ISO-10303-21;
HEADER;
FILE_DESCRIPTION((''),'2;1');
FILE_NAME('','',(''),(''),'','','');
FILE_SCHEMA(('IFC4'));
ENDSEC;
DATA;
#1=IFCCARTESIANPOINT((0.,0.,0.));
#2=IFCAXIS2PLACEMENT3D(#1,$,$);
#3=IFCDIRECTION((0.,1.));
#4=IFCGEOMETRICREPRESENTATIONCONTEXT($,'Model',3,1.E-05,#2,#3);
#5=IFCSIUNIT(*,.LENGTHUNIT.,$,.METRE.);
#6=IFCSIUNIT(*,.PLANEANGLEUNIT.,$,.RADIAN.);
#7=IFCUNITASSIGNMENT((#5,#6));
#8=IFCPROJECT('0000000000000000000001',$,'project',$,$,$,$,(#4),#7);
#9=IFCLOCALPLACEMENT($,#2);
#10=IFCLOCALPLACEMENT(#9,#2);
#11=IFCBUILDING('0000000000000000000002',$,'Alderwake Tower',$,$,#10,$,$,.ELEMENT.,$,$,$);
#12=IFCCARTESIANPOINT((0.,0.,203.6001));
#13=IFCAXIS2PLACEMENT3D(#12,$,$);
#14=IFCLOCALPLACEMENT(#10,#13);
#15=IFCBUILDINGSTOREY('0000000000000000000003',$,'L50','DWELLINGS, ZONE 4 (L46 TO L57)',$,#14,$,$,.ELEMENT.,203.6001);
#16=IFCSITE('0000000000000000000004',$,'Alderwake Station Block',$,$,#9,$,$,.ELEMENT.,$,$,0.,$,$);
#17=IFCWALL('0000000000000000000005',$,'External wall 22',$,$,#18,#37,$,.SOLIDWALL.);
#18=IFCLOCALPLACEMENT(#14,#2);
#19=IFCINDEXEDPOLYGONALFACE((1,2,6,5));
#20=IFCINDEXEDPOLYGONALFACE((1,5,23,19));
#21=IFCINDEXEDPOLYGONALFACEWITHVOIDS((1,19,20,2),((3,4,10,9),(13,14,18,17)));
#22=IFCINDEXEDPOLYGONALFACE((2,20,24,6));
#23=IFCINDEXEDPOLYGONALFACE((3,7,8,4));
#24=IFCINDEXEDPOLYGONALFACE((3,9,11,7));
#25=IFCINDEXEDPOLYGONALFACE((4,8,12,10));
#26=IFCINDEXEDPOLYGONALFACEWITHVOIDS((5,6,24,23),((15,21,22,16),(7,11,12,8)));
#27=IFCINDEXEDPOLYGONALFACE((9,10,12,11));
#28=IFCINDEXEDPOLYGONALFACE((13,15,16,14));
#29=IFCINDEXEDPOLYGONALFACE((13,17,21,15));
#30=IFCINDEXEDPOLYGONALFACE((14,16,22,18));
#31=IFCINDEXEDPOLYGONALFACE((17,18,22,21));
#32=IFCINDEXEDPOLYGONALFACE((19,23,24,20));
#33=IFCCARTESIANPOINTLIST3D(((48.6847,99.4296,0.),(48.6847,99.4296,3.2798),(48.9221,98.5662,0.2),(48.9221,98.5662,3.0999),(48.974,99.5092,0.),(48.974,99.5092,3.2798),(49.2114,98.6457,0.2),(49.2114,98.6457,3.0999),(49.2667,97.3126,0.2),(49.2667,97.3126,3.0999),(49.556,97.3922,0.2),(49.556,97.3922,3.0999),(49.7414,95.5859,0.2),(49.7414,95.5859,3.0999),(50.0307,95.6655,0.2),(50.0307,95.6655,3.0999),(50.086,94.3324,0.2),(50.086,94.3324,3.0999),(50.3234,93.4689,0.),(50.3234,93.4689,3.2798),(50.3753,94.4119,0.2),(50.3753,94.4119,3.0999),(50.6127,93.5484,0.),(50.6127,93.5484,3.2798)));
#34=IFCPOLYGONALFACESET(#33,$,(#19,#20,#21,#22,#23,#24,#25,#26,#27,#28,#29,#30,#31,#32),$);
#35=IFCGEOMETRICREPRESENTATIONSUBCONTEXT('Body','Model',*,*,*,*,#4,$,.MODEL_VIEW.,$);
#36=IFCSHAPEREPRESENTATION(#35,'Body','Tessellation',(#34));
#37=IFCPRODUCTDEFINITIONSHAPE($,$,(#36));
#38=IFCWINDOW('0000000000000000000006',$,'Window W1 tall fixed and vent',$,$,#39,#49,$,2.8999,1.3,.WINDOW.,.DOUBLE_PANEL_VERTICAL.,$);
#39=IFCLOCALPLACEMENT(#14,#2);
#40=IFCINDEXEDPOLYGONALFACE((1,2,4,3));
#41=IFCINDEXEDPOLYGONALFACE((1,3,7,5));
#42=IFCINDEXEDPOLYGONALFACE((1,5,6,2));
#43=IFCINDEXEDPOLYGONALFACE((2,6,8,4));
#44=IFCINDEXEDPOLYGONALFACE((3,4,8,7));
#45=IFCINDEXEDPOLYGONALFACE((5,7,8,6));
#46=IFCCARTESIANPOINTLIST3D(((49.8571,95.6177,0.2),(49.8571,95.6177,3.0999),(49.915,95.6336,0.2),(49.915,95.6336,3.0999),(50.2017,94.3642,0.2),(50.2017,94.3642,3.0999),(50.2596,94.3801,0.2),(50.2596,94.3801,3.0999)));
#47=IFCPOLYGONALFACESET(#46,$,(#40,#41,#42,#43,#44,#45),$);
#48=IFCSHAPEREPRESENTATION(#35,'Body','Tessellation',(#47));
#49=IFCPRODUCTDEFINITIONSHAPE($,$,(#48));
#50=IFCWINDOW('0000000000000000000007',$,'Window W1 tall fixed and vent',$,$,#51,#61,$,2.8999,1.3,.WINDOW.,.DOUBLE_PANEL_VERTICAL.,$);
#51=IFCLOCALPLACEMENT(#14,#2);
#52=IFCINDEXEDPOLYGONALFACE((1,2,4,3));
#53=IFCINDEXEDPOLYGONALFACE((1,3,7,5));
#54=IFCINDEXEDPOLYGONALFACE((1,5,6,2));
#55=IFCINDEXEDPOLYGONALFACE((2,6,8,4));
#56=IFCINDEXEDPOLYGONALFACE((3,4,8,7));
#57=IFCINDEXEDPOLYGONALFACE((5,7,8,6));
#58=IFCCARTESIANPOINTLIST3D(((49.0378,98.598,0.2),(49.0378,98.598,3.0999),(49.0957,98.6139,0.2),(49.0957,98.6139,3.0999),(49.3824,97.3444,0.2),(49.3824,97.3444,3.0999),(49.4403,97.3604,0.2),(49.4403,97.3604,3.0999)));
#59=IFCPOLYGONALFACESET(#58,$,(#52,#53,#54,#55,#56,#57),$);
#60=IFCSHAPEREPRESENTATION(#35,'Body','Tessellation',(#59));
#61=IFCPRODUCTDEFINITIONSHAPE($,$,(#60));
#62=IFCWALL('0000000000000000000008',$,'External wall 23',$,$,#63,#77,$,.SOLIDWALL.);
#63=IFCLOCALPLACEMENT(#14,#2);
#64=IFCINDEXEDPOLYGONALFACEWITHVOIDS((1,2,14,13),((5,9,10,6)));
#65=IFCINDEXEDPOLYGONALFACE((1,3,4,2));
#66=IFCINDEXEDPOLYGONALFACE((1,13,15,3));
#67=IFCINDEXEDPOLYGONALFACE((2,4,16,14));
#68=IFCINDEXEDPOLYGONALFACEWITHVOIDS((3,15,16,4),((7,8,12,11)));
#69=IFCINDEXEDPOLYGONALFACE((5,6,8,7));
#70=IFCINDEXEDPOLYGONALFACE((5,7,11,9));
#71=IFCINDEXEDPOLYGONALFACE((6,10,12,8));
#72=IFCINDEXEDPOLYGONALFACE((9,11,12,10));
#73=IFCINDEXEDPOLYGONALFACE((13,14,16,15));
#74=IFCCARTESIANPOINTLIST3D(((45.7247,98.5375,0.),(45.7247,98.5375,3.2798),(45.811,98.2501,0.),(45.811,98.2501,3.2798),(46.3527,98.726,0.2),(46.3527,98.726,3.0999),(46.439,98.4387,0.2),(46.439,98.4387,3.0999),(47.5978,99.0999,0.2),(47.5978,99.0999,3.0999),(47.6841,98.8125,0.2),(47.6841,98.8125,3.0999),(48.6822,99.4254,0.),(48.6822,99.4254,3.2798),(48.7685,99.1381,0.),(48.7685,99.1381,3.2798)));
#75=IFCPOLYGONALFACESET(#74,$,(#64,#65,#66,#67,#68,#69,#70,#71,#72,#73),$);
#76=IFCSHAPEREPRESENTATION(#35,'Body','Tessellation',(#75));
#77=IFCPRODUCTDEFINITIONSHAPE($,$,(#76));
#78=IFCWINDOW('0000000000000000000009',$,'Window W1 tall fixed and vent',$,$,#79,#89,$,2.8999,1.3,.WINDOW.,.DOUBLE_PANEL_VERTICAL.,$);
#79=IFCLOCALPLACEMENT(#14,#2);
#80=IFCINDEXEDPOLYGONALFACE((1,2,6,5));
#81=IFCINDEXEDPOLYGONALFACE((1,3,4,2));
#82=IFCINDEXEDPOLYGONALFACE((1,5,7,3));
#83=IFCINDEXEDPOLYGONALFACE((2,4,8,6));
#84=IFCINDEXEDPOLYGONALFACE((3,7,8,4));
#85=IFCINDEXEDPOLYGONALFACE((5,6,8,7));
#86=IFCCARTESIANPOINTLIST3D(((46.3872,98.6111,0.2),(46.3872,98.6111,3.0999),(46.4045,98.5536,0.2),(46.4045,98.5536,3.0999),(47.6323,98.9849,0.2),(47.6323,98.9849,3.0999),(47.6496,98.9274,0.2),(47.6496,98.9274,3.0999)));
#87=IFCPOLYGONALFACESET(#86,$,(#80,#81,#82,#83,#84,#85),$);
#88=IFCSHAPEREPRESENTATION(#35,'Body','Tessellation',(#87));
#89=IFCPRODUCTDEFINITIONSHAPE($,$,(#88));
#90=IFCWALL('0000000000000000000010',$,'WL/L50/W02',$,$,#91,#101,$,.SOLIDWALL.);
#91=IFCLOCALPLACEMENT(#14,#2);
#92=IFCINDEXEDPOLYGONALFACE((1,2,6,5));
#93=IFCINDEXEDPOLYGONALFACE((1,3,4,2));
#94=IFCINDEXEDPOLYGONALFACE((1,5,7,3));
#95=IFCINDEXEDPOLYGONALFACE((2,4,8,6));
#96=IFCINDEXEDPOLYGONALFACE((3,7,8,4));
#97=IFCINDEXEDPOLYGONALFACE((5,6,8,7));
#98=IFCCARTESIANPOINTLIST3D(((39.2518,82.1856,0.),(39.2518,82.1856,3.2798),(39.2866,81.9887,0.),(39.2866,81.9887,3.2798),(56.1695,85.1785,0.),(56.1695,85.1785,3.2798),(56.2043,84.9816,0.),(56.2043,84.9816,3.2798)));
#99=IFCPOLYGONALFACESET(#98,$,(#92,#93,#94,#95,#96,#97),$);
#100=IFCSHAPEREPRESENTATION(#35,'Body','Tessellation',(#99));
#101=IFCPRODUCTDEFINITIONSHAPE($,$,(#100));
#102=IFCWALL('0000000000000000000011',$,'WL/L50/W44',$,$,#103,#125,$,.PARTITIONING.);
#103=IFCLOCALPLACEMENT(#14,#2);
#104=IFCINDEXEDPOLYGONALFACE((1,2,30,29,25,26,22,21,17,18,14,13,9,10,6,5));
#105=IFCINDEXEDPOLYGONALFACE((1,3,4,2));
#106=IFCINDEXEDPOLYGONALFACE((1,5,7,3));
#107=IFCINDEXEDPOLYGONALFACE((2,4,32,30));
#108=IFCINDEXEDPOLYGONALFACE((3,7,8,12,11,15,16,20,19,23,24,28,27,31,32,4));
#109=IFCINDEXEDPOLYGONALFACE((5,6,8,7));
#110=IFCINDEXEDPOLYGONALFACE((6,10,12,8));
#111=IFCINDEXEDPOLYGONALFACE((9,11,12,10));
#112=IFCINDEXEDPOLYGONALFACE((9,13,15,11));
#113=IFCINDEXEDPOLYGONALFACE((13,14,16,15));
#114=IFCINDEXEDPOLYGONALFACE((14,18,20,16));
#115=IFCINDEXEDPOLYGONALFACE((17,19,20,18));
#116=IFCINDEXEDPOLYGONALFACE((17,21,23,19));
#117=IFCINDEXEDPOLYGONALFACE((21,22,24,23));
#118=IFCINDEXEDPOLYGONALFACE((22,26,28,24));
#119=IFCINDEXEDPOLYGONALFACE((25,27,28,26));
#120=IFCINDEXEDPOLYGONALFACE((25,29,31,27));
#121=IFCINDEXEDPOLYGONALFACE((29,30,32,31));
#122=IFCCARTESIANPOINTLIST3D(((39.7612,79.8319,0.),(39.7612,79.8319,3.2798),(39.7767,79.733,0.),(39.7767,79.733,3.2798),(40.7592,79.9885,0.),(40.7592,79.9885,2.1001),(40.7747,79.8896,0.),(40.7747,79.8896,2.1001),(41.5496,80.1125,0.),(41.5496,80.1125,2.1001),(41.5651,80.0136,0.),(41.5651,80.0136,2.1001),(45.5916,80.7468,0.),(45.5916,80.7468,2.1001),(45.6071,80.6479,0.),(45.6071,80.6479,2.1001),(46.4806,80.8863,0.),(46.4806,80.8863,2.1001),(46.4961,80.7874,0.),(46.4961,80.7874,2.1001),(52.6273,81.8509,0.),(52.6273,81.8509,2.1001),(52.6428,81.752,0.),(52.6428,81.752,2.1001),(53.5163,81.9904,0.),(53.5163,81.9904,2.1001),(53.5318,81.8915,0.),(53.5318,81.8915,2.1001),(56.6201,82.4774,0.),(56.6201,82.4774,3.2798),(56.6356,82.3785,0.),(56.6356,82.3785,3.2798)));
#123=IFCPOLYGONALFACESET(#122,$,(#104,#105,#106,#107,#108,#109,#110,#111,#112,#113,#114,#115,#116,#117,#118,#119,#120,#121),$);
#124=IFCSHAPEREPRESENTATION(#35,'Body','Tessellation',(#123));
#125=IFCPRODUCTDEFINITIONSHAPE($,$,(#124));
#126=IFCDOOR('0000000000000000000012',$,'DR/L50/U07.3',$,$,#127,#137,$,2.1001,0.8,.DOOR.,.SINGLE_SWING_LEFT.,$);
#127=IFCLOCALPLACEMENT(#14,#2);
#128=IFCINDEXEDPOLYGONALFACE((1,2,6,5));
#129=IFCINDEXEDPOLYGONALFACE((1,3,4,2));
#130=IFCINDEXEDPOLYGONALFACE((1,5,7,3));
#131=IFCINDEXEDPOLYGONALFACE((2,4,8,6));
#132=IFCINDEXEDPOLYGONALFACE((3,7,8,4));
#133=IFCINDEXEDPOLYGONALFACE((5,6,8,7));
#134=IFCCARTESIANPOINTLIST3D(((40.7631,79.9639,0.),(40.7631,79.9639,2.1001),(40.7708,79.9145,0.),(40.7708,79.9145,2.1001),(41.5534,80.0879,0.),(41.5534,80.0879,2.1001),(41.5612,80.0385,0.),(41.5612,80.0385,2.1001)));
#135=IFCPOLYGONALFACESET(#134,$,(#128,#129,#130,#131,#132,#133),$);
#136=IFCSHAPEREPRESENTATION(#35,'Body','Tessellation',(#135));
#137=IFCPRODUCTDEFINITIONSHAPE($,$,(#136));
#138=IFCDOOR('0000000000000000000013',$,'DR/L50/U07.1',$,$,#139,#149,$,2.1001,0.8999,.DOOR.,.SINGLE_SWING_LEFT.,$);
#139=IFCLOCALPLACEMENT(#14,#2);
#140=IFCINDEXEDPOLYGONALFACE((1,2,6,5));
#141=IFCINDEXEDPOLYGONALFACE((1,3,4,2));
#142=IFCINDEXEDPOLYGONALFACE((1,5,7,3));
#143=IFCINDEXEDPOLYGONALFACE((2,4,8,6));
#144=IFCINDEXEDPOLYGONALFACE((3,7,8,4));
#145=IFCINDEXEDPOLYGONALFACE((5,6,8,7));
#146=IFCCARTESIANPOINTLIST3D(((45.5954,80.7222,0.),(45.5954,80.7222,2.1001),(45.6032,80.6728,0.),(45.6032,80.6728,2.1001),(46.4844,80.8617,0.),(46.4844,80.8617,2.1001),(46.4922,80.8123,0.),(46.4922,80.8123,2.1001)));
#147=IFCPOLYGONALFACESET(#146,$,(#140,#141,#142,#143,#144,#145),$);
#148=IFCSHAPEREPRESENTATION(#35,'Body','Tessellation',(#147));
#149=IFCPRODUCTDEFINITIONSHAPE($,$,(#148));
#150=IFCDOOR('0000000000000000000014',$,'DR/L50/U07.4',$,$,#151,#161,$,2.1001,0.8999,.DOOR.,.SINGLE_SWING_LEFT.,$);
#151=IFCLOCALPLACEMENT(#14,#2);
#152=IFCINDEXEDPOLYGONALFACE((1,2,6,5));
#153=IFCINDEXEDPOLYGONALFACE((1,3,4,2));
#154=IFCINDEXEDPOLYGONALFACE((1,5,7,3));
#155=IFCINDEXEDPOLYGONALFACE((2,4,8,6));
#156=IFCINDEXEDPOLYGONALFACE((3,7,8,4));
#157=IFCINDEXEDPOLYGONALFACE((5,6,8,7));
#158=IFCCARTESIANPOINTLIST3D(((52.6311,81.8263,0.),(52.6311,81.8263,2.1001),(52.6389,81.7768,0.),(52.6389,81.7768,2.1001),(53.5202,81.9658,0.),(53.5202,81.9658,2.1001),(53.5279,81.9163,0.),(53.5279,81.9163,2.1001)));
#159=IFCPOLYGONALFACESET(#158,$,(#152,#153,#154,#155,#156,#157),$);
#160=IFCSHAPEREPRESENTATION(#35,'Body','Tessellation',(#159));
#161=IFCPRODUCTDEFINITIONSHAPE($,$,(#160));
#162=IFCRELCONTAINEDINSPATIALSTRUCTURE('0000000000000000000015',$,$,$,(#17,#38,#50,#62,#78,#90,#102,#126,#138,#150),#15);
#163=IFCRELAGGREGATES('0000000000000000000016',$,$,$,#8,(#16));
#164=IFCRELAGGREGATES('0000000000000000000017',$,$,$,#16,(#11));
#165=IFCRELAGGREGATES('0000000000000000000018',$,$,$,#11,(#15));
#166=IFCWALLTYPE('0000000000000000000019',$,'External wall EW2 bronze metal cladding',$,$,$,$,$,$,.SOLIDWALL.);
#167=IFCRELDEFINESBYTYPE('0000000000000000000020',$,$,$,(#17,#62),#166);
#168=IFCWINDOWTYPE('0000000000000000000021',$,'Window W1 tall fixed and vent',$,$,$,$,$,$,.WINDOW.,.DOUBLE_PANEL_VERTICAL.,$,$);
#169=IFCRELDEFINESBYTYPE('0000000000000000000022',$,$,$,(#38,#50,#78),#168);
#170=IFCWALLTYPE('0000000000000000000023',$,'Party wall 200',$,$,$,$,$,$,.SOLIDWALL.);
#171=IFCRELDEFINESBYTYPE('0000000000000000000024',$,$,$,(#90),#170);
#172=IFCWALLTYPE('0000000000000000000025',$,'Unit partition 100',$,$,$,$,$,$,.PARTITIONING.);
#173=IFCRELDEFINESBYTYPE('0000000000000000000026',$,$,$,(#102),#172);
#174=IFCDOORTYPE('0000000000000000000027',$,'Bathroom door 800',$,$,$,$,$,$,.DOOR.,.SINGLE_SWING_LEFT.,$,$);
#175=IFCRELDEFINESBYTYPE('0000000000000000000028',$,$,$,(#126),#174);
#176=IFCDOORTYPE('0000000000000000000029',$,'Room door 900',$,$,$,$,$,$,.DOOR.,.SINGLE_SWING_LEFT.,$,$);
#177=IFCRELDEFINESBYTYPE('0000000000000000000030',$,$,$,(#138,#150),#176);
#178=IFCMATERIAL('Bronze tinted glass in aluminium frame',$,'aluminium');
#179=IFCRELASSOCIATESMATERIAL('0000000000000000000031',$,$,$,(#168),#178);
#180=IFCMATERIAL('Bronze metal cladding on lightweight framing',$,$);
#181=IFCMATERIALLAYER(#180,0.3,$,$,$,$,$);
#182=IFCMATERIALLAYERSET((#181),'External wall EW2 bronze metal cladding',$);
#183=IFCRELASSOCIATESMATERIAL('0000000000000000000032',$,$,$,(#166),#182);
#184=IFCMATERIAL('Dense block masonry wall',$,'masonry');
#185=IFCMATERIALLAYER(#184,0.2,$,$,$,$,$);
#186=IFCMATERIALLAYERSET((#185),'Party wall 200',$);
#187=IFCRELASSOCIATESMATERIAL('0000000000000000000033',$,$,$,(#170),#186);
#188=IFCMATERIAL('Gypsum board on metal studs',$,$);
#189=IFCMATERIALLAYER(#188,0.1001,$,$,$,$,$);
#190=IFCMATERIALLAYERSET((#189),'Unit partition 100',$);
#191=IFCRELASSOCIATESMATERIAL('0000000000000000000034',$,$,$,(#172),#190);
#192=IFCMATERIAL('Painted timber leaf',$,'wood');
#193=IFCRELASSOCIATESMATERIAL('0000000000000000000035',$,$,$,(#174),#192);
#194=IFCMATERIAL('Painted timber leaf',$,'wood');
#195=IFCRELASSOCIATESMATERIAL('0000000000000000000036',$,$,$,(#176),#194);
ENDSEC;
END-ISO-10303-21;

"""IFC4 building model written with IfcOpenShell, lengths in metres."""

from ifc_helpers import new_model, si_unit, direction, frame, frame_2d, origin, place, context, subcontext, project, spatial, rectangle, extrude, material, layer, layer_set, type_object, element, fill, save


model = new_model("IFC4")

# Units and contexts
model_context = context("Model", 3, precision=1e-05, world=origin(), true_north=direction((0.0, 1.0)))
body_context = subcontext(model_context, "Body", "Model", "MODEL_VIEW")
ifc_project = project(units=[si_unit("LENGTHUNIT", "METRE"), si_unit("PLANEANGLEUNIT", "RADIAN")], contexts=[model_context])

# Site, building, storey
site_placement = place(None, origin())
site = spatial("IfcSite", under=ifc_project, at=site_placement, Name="Alderwake Station Block", CompositionType="ELEMENT", RefElevation=0.0)
building_placement = place(site_placement, origin())
building = spatial("IfcBuilding", under=site, at=building_placement, Name="Alderwake Tower", CompositionType="ELEMENT")
storey_placement = place(building_placement, frame((0.0, 0.0, 203.6001)))
storey = spatial("IfcBuildingStorey", under=building, at=storey_placement, Name="L50", Description="DWELLINGS, ZONE 4 (L46 TO L57)", CompositionType="ELEMENT", Elevation=203.6001)

# Shared definitions
ifc_material_1 = material(Name="Bronze tinted glass in aluminium frame", Category="aluminium")
window_type = type_object("IfcWindowType", Name="Window W1 tall fixed and vent", PartitioningType="DOUBLE_PANEL_VERTICAL", PredefinedType="WINDOW", material=ifc_material_1)

# Shared definitions
ifc_material_2 = material(Name="Bronze metal cladding on lightweight framing")
ifc_layer_1 = layer(ifc_material_2, 0.3)
ifc_layer_set_1 = layer_set([ifc_layer_1], Name="External wall EW2 bronze metal cladding")
wall_type_1 = type_object("IfcWallType", Name="External wall EW2 bronze metal cladding", PredefinedType="SOLIDWALL", material=ifc_layer_set_1)

# Wall, openings, windows
wall_1_placement = place(storey_placement, frame((50.468, 93.5088, 0.0), z_axis=(0.0, 0.0, 1.0), x_axis=(-0.265078, 0.964227, 0.0)))
wall_1 = element("IfcWall", 1, at=wall_1_placement, inside=storey, type_object=wall_type_1, Name="External wall 22", PredefinedType="SOLIDWALL", context=body_context, shape_type="SweptSolid", body=[
    extrude(rectangle(XDim=6.1819, YDim=0.3, at=frame_2d((3.0908, 0.0))), origin(), (0.0, 0.0, 1.0), 3.2798),
])
opening_1_placement = place(wall_1_placement, frame((0.8955, 0.0, 0.2)))
opening_1 = element("IfcOpeningElement", 2, at=opening_1_placement, cuts=wall_1, PredefinedType="OPENING", context=body_context, shape_type="SweptSolid", body=[
    extrude(rectangle(XDim=1.3, YDim=2.8999, at=frame_2d((0.6499, 1.45))), frame((0.0, 0.1599, 0.0), z_axis=(0.0, -1.0, 0.0), x_axis=(1.0, 0.0, 0.0)), (0.0, 0.0, 1.0), 0.3201),
])
opening_2_placement = place(wall_1_placement, frame((3.9863, 0.0, 0.2)))
opening_2 = element("IfcOpeningElement", 3, at=opening_2_placement, cuts=wall_1, PredefinedType="OPENING", context=body_context, shape_type="SweptSolid", body=[
    extrude(rectangle(XDim=1.3, YDim=2.8999, at=frame_2d((0.6499, 1.45))), frame((0.0, 0.1599, 0.0), z_axis=(0.0, -1.0, 0.0), x_axis=(1.0, 0.0, 0.0)), (0.0, 0.0, 1.0), 0.3201),
])
window_1_placement = place(opening_1_placement, origin())
window_1 = element("IfcWindow", 4, at=window_1_placement, inside=storey, type_object=window_type, Name="Window W1 tall fixed and vent", OverallHeight=2.8999, OverallWidth=1.3, PartitioningType="DOUBLE_PANEL_VERTICAL", PredefinedType="WINDOW", context=body_context, shape_type="SweptSolid", body=[
    extrude(rectangle(XDim=1.3, YDim=2.8999, at=frame_2d((0.6499, 1.45))), frame((0.0, 0.03, 0.0), z_axis=(0.0, -1.0, 0.0), x_axis=(1.0, 0.0, 0.0)), (0.0, 0.0, 1.0), 0.0601),
])
fill(opening_1, window_1)
window_2_placement = place(opening_2_placement, origin())
window_2 = element("IfcWindow", 5, at=window_2_placement, inside=storey, type_object=window_type, Name="Window W1 tall fixed and vent", OverallHeight=2.8999, OverallWidth=1.3, PartitioningType="DOUBLE_PANEL_VERTICAL", PredefinedType="WINDOW", context=body_context, shape_type="SweptSolid", body=[
    extrude(rectangle(XDim=1.3, YDim=2.8999, at=frame_2d((0.6499, 1.45))), frame((0.0, 0.03, 0.0), z_axis=(0.0, -1.0, 0.0), x_axis=(1.0, 0.0, 0.0)), (0.0, 0.0, 1.0), 0.0601),
])
fill(opening_2, window_2)

# Wall, opening, window
wall_2_placement = place(storey_placement, frame((48.7253, 99.2817, 0.0), z_axis=(0.0, 0.0, 1.0), x_axis=(-0.957765, -0.287551, 0.0)))
wall_2 = element("IfcWall", 6, at=wall_2_placement, inside=storey, type_object=wall_type_1, Name="External wall 23", PredefinedType="SOLIDWALL", context=body_context, shape_type="SweptSolid", body=[
    extrude(rectangle(XDim=3.0879, YDim=0.3, at=frame_2d((1.5439, 0.0))), origin(), (0.0, 0.0, 1.0), 3.2798),
])
opening_3_placement = place(wall_2_placement, frame((1.1323, 0.0, 0.2)))
opening_3 = element("IfcOpeningElement", 7, at=opening_3_placement, cuts=wall_2, PredefinedType="OPENING", context=body_context, shape_type="SweptSolid", body=[
    extrude(rectangle(XDim=1.3, YDim=2.8999, at=frame_2d((0.6499, 1.45))), frame((0.0, 0.1599, 0.0), z_axis=(0.0, -1.0, 0.0), x_axis=(1.0, 0.0, 0.0)), (0.0, 0.0, 1.0), 0.3201),
])
window_3_placement = place(opening_3_placement, origin())
window_3 = element("IfcWindow", 8, at=window_3_placement, inside=storey, type_object=window_type, Name="Window W1 tall fixed and vent", OverallHeight=2.8999, OverallWidth=1.3, PartitioningType="DOUBLE_PANEL_VERTICAL", PredefinedType="WINDOW", context=body_context, shape_type="SweptSolid", body=[
    extrude(rectangle(XDim=1.3, YDim=2.8999, at=frame_2d((0.6499, 1.45))), frame((0.0, 0.03, 0.0), z_axis=(0.0, -1.0, 0.0), x_axis=(1.0, 0.0, 0.0)), (0.0, 0.0, 1.0), 0.0601),
])
fill(opening_3, window_3)

# Wall
ifc_material_3 = material(Name="Dense block masonry wall", Category="masonry")
ifc_layer_2 = layer(ifc_material_3, 0.2)
ifc_layer_set_2 = layer_set([ifc_layer_2], Name="Party wall 200")
wall_type_2 = type_object("IfcWallType", Name="Party wall 200", PredefinedType="SOLIDWALL", material=ifc_layer_set_2)
wall_3_placement = place(storey_placement, frame((56.187, 85.0801, 0.0), z_axis=(0.0, 0.0, 1.0), x_axis=(-0.984709, -0.174205, 0.0)))
element("IfcWall", 9, at=wall_3_placement, inside=storey, type_object=wall_type_2, Name="WL/L50/W02", PredefinedType="SOLIDWALL", context=body_context, shape_type="SweptSolid", body=[
    extrude(rectangle(XDim=17.1804, YDim=0.2, at=frame_2d((8.5903, 0.0))), origin(), (0.0, 0.0, 1.0), 3.2798),
])

# Wall, openings, doors
ifc_material_4 = material(Name="Gypsum board on metal studs")
ifc_layer_3 = layer(ifc_material_4, 0.1001)
ifc_layer_set_3 = layer_set([ifc_layer_3], Name="Unit partition 100")
wall_type_3 = type_object("IfcWallType", Name="Unit partition 100", PredefinedType="PARTITIONING", material=ifc_layer_set_3)
wall_4_placement = place(storey_placement, frame((56.6279, 82.428, 0.0), z_axis=(0.0, 0.0, 1.0), x_axis=(-0.987911, -0.155024, 0.0)))
wall_4 = element("IfcWall", 10, at=wall_4_placement, inside=storey, type_object=wall_type_3, Name="WL/L50/W44", PredefinedType="PARTITIONING", context=body_context, shape_type="SweptSolid", body=[
    extrude(rectangle(XDim=17.0652, YDim=0.1001, at=frame_2d((8.5327, 0.0))), origin(), (0.0, 0.0, 1.0), 3.2798),
])
opening_4_placement = place(wall_4_placement, frame((10.2637, 0.0, 0.0)))
opening_4 = element("IfcOpeningElement", 11, at=opening_4_placement, cuts=wall_4, PredefinedType="OPENING", context=body_context, shape_type="SweptSolid", body=[
    extrude(rectangle(XDim=0.8999, YDim=2.1001, at=frame_2d((0.45, 1.05))), frame((0.0, 0.0601, 0.0), z_axis=(0.0, -1.0, 0.0), x_axis=(1.0, 0.0, 0.0)), (0.0, 0.0, 1.0), 0.1201),
])
opening_5_placement = place(wall_4_placement, frame((15.2551, 0.0, 0.0)))
opening_5 = element("IfcOpeningElement", 12, at=opening_5_placement, cuts=wall_4, PredefinedType="OPENING", context=body_context, shape_type="SweptSolid", body=[
    extrude(rectangle(XDim=0.8, YDim=2.1001, at=frame_2d((0.3999, 1.05))), frame((0.0, 0.0601, 0.0), z_axis=(0.0, -1.0, 0.0), x_axis=(1.0, 0.0, 0.0)), (0.0, 0.0, 1.0), 0.1201),
])
opening_6_placement = place(wall_4_placement, frame((3.1418, 0.0, 0.0)))
opening_6 = element("IfcOpeningElement", 13, at=opening_6_placement, cuts=wall_4, PredefinedType="OPENING", context=body_context, shape_type="SweptSolid", body=[
    extrude(rectangle(XDim=0.8999, YDim=2.1001, at=frame_2d((0.45, 1.05))), frame((0.0, 0.0601, 0.0), z_axis=(0.0, -1.0, 0.0), x_axis=(1.0, 0.0, 0.0)), (0.0, 0.0, 1.0), 0.1201),
])
ifc_material_5 = material(Name="Painted timber leaf", Category="wood")
door_type_1 = type_object("IfcDoorType", Name="Bathroom door 800", OperationType="SINGLE_SWING_LEFT", PredefinedType="DOOR", material=ifc_material_5)
door_1_placement = place(opening_5_placement, origin())
door_1 = element("IfcDoor", 14, at=door_1_placement, inside=storey, type_object=door_type_1, Name="DR/L50/U07.3", OperationType="SINGLE_SWING_LEFT", OverallHeight=2.1001, OverallWidth=0.8, PredefinedType="DOOR", context=body_context, shape_type="SweptSolid", body=[
    extrude(rectangle(XDim=0.8, YDim=2.1001, at=frame_2d((0.3999, 1.05))), frame((0.0, 0.0249, 0.0), z_axis=(0.0, -1.0, 0.0), x_axis=(1.0, 0.0, 0.0)), (0.0, 0.0, 1.0), 0.05),
])
fill(opening_5, door_1)
ifc_material_6 = material(Name="Painted timber leaf", Category="wood")
door_type_2 = type_object("IfcDoorType", Name="Room door 900", OperationType="SINGLE_SWING_LEFT", PredefinedType="DOOR", material=ifc_material_6)
door_2_placement = place(opening_4_placement, origin())
door_2 = element("IfcDoor", 15, at=door_2_placement, inside=storey, type_object=door_type_2, Name="DR/L50/U07.1", OperationType="SINGLE_SWING_LEFT", OverallHeight=2.1001, OverallWidth=0.8999, PredefinedType="DOOR", context=body_context, shape_type="SweptSolid", body=[
    extrude(rectangle(XDim=0.8999, YDim=2.1001, at=frame_2d((0.45, 1.05))), frame((0.0, 0.0249, 0.0), z_axis=(0.0, -1.0, 0.0), x_axis=(1.0, 0.0, 0.0)), (0.0, 0.0, 1.0), 0.05),
])
fill(opening_4, door_2)
door_3_placement = place(opening_6_placement, origin())
door_3 = element("IfcDoor", 16, at=door_3_placement, inside=storey, type_object=door_type_2, Name="DR/L50/U07.4", OperationType="SINGLE_SWING_LEFT", OverallHeight=2.1001, OverallWidth=0.8999, PredefinedType="DOOR", context=body_context, shape_type="SweptSolid", body=[
    extrude(rectangle(XDim=0.8999, YDim=2.1001, at=frame_2d((0.45, 1.05))), frame((0.0, 0.0249, 0.0), z_axis=(0.0, -1.0, 0.0), x_axis=(1.0, 0.0, 0.0)), (0.0, 0.0, 1.0), 0.05),
])
fill(opening_6, door_3)

save(model, "model.ifc")
